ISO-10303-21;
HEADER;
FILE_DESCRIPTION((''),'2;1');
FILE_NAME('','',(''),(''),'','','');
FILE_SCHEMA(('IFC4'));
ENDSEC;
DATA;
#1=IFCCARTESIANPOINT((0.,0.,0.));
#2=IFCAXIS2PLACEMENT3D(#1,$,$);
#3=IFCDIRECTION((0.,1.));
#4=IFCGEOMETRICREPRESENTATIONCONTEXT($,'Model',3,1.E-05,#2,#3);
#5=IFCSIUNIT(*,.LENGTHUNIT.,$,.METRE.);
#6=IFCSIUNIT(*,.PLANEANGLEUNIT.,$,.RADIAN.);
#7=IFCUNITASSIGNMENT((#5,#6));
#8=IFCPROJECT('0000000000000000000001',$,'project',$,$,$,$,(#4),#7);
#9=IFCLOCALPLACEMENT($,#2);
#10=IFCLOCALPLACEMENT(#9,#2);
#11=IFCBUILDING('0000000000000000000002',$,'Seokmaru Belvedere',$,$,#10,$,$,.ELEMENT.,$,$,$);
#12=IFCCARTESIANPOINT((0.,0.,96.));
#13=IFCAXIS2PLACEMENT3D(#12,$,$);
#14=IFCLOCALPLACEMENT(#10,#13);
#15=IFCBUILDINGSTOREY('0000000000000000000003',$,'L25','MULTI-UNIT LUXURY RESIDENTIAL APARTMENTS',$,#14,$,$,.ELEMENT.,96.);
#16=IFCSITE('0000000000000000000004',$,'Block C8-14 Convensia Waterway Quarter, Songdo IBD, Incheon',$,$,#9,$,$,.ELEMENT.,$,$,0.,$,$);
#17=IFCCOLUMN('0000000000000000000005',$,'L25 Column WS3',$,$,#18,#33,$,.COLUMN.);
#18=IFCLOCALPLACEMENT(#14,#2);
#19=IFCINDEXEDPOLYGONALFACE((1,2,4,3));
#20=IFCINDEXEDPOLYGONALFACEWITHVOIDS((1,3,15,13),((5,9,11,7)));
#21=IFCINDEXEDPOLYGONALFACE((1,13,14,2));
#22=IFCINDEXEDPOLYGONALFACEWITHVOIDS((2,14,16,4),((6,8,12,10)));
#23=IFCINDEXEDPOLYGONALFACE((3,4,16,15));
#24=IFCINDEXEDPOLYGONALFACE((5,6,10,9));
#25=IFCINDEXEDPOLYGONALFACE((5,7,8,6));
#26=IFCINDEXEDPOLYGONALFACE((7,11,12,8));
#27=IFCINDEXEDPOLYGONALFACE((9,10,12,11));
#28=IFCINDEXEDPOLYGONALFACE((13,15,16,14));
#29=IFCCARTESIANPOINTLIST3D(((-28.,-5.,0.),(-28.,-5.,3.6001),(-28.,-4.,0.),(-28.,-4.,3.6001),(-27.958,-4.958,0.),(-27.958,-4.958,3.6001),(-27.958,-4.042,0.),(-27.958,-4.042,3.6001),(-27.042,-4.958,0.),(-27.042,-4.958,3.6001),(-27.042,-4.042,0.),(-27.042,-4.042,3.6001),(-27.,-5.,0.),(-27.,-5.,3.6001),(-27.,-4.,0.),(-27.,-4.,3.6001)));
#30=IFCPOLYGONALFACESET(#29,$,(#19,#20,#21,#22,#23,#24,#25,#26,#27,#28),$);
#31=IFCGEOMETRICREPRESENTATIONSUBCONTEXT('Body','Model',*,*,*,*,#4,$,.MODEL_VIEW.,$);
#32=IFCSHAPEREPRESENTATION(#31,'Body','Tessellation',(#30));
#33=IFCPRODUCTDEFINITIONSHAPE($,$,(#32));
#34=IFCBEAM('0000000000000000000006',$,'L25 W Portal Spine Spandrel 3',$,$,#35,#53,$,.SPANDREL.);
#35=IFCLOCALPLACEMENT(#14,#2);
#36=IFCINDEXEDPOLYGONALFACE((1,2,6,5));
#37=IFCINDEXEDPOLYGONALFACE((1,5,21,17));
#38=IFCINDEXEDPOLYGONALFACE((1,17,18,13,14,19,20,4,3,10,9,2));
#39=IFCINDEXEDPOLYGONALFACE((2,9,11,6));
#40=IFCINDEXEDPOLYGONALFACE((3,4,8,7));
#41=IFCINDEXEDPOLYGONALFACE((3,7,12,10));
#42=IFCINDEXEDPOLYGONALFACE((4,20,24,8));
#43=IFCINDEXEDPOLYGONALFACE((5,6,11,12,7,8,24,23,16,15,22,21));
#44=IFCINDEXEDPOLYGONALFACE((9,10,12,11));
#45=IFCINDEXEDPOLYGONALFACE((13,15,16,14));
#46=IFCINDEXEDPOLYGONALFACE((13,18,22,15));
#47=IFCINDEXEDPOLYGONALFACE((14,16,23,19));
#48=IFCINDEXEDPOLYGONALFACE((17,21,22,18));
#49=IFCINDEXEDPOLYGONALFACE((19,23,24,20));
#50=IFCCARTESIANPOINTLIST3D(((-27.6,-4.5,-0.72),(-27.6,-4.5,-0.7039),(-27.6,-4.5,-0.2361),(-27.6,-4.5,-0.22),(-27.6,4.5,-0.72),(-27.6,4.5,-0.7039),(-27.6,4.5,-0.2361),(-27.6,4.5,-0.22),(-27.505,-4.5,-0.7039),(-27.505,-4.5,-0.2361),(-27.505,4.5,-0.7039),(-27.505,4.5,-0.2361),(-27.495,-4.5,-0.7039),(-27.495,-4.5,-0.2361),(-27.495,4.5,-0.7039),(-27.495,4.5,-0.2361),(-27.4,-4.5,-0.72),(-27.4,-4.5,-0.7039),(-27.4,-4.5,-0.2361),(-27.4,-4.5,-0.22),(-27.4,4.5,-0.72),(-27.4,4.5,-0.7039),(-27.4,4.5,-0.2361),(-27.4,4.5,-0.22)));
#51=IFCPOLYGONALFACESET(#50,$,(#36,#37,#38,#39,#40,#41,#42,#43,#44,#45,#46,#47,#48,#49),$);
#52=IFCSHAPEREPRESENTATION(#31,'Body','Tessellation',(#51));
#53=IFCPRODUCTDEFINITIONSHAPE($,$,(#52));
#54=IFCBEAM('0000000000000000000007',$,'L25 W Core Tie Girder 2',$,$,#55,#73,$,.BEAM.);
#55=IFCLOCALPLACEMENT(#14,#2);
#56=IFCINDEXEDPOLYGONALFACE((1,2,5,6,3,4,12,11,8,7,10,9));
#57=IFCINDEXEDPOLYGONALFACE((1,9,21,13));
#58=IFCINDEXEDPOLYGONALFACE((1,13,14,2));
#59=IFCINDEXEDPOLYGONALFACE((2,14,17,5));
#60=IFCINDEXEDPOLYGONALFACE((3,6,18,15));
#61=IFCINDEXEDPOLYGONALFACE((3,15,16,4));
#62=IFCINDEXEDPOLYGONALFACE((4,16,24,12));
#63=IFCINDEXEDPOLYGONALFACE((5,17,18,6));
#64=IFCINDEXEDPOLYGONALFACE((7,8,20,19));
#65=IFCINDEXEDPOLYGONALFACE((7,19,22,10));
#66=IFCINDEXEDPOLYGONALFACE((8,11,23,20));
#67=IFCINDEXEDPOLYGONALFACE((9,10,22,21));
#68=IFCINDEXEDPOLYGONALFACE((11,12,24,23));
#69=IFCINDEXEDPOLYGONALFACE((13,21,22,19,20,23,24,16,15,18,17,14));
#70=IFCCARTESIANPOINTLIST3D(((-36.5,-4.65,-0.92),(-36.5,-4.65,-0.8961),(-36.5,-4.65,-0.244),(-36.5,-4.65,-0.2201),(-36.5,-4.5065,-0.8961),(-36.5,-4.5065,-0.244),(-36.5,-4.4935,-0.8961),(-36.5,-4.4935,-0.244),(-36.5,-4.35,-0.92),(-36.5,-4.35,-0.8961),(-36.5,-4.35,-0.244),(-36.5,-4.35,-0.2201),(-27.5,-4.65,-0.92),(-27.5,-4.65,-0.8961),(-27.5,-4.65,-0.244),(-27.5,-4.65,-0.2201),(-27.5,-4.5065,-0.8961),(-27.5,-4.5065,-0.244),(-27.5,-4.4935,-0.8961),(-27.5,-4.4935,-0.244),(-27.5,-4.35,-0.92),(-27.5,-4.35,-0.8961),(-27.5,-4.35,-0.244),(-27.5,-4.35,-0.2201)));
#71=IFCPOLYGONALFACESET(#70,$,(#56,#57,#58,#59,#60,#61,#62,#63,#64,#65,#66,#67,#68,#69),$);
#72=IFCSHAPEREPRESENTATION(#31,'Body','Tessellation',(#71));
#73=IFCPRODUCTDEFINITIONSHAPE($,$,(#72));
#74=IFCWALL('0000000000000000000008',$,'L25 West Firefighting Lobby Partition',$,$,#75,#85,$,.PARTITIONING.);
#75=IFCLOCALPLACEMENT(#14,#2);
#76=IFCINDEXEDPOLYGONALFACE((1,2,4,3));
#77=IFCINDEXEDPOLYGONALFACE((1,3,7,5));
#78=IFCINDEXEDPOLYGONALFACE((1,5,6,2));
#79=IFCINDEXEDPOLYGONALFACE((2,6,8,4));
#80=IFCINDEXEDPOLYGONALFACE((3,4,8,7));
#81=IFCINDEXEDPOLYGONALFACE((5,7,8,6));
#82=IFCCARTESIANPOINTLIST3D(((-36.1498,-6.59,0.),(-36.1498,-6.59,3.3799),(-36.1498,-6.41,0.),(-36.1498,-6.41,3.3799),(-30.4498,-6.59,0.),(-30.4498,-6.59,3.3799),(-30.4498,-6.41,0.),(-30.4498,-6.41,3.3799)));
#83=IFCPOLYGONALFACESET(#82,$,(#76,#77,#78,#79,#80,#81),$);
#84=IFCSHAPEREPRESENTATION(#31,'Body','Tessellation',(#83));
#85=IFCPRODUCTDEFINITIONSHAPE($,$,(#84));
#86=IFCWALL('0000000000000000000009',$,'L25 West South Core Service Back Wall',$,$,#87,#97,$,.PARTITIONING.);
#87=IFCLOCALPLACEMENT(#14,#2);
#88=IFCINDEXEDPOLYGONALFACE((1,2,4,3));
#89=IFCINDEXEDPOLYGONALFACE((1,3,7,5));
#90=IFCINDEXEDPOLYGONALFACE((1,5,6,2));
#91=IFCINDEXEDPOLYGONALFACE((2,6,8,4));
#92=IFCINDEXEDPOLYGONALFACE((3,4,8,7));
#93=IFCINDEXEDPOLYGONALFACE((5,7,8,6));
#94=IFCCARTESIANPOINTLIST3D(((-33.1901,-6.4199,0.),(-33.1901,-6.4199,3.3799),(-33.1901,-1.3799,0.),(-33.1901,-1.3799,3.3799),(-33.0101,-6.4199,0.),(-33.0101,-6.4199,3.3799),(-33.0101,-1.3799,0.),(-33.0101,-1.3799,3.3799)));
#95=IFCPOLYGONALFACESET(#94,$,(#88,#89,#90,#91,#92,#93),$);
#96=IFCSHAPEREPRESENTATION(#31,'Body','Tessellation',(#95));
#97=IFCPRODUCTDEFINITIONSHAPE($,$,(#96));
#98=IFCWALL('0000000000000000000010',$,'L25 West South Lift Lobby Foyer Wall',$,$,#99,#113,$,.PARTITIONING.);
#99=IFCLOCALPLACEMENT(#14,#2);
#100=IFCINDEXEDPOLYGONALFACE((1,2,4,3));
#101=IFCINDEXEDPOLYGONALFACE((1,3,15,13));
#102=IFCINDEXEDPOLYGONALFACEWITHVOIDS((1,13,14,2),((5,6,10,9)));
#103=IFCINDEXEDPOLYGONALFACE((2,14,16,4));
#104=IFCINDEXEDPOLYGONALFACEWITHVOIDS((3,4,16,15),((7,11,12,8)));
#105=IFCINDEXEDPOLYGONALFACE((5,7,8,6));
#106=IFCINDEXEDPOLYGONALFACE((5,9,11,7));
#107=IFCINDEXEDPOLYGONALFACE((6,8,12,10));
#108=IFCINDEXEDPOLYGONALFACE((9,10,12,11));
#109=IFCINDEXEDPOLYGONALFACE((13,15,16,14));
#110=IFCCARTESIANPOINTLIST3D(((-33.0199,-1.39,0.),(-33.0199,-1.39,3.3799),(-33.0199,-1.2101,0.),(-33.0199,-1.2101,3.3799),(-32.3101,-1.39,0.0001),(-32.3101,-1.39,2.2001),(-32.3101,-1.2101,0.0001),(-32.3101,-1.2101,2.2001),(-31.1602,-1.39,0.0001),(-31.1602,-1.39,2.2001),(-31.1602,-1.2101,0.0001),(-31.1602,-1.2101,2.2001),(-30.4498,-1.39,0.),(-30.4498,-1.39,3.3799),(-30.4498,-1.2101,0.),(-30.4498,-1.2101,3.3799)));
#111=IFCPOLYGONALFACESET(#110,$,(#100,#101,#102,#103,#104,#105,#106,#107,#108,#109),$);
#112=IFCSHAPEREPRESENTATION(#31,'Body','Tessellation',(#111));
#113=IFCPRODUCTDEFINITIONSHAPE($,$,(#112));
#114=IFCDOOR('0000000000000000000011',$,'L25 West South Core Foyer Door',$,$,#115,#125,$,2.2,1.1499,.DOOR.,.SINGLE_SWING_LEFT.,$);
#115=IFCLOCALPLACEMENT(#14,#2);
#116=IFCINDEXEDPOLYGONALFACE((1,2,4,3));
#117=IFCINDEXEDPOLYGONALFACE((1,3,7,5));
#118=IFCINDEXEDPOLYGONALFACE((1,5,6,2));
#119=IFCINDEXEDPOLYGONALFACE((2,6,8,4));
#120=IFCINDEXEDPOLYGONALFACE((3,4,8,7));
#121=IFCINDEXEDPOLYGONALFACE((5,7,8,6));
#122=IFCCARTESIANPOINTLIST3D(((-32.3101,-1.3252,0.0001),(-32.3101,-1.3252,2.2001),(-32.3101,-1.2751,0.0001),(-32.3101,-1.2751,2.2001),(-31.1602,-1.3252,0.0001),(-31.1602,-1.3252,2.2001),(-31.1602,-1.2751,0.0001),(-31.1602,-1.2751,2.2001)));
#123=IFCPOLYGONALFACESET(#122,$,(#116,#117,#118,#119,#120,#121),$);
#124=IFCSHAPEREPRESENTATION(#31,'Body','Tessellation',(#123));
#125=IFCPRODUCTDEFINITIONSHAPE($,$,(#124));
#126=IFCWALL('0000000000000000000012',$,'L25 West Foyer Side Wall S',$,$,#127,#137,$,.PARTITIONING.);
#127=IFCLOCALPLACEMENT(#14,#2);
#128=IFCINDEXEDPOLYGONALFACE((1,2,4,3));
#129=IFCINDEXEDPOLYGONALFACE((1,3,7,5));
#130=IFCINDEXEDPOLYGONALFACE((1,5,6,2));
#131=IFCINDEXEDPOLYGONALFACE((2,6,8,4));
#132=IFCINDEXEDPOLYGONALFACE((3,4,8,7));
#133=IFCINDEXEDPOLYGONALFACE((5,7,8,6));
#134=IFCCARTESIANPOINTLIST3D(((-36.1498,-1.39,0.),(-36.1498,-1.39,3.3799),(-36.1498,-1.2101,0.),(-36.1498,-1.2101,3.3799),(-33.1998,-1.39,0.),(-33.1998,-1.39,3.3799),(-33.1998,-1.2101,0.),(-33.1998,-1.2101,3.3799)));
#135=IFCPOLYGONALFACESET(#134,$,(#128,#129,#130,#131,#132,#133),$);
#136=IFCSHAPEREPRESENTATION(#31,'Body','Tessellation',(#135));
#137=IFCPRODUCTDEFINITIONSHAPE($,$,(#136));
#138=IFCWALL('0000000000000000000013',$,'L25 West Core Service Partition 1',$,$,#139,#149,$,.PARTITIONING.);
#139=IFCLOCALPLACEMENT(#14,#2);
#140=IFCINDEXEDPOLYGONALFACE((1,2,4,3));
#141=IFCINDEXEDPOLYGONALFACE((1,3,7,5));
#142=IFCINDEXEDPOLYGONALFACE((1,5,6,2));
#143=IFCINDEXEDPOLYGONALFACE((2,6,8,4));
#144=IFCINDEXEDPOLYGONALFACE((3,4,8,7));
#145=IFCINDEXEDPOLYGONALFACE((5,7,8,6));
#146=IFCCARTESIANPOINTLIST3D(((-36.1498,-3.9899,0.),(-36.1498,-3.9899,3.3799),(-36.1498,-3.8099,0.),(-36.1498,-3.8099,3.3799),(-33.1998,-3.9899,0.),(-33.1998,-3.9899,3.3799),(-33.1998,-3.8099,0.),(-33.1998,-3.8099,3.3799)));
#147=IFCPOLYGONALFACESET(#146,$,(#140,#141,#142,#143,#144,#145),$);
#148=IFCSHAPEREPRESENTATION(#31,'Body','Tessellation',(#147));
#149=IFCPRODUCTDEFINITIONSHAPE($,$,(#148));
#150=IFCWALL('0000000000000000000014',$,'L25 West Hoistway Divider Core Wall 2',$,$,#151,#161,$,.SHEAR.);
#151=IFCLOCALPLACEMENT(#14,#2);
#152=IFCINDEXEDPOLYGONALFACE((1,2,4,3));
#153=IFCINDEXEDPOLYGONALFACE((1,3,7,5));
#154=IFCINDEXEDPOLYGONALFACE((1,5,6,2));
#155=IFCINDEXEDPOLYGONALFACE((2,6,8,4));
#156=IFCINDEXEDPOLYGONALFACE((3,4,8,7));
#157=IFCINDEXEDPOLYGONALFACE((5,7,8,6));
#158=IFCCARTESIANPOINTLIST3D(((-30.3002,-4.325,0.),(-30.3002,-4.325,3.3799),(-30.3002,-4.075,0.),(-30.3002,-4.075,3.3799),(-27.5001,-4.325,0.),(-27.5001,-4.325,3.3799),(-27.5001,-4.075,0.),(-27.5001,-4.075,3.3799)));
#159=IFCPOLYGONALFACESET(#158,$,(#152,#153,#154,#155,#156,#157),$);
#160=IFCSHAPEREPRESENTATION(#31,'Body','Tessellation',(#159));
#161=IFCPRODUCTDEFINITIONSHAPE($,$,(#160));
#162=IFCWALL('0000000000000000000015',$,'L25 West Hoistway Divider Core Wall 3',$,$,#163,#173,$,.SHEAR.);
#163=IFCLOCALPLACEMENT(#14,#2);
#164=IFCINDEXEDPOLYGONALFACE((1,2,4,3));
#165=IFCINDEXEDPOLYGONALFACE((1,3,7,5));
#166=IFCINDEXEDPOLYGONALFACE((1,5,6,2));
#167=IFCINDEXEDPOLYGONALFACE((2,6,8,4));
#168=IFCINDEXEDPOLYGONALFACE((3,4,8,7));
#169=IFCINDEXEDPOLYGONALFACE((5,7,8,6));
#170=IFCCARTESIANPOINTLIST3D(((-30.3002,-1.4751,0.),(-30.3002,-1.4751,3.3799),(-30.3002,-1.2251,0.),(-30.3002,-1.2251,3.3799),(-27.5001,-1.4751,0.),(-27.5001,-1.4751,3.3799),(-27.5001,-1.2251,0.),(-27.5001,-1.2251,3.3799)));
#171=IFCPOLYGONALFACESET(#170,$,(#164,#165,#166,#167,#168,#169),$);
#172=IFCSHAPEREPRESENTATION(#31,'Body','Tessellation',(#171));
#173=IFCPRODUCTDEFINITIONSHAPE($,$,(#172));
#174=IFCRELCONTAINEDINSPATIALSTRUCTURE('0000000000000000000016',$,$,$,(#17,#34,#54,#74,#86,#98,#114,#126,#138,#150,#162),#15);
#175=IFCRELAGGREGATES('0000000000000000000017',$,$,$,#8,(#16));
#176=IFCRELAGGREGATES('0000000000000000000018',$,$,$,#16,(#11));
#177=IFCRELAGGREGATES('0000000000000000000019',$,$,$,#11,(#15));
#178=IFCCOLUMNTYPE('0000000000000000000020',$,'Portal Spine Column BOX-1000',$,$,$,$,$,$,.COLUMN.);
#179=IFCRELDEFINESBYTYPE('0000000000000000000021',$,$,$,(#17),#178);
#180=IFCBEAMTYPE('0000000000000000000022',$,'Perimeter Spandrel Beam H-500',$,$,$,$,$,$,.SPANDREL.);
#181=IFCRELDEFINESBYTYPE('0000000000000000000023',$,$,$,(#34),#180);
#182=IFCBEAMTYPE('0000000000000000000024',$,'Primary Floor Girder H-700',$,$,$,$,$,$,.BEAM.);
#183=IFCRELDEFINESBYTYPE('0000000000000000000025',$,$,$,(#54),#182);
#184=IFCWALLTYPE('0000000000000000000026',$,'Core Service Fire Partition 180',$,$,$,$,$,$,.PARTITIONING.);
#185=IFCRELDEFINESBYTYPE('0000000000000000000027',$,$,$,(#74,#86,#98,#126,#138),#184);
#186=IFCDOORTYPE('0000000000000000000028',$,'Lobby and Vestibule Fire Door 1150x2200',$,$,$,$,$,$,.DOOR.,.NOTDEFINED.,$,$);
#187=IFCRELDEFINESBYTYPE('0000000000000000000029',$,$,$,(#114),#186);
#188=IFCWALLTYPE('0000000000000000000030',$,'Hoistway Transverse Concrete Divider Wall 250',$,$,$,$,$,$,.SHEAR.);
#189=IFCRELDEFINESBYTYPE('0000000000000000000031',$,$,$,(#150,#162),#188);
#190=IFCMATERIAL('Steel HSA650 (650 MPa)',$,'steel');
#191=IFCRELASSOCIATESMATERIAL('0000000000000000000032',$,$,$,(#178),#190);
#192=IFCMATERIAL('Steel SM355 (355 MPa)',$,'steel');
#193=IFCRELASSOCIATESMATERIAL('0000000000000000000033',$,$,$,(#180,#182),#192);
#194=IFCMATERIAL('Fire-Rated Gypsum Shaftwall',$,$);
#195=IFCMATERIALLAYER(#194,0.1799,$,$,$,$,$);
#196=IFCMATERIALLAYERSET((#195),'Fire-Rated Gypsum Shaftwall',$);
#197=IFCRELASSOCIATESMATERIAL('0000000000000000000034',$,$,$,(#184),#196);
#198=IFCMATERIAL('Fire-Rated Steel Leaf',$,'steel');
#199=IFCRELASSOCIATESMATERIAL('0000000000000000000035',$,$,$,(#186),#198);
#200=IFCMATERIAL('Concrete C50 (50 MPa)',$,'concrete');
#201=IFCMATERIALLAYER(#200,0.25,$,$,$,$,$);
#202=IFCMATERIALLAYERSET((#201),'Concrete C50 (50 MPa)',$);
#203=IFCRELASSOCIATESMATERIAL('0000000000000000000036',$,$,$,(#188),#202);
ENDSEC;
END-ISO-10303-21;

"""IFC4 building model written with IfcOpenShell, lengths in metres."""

from ifc_helpers import new_model, si_unit, direction, frame, frame_2d, origin, origin_2d, place, context, subcontext, project, spatial, rectangle, hollow_rectangle, i_section, extrude, source, transform, mapped, material, layer, layer_set, material_profile, profile_set, type_object, type_shapes, element, fill, save


model = new_model("IFC4")

# Units and contexts
model_context = context("Model", 3, precision=1e-05, world=origin(), true_north=direction((0.0, 1.0)))
body_context = subcontext(model_context, "Body", "Model", "MODEL_VIEW")
ifc_project = project(units=[si_unit("LENGTHUNIT", "METRE"), si_unit("PLANEANGLEUNIT", "RADIAN")], contexts=[model_context])

# Site, building, storey
site_placement = place(None, origin())
site = spatial("IfcSite", under=ifc_project, at=site_placement, Name="Block C8-14 Convensia Waterway Quarter, Songdo IBD, Incheon", CompositionType="ELEMENT", RefElevation=0.0)
building_placement = place(site_placement, origin())
building = spatial("IfcBuilding", under=site, at=building_placement, Name="Seokmaru Belvedere", CompositionType="ELEMENT")
storey_placement = place(building_placement, frame((0.0, 0.0, 96.0)))
storey = spatial("IfcBuildingStorey", under=building, at=storey_placement, Name="L25", Description="MULTI-UNIT LUXURY RESIDENTIAL APARTMENTS", CompositionType="ELEMENT", Elevation=96.0)

# Column
ifc_material_1 = material(Name="Steel HSA650 (650 MPa)", Category="steel")
ifc_material_profile_1 = material_profile(ifc_material_1, hollow_rectangle(XDim=1.0, YDim=1.0, WallThickness=0.042, at=origin_2d()), Name="BOX-1000x1000x42")
ifc_profile_set_1 = profile_set([ifc_material_profile_1], Name="Steel HSA650 (650 MPa)")
column_type = type_object("IfcColumnType", Name="Portal Spine Column BOX-1000", PredefinedType="COLUMN", material=ifc_profile_set_1)
shared_shape_1 = source(origin(), body_context, "Body", "SweptSolid", [
    extrude(hollow_rectangle(XDim=1.0, YDim=1.0, WallThickness=0.042, at=origin_2d()), origin(), (0.0, 0.0, 1.0), 3.6001),
])
type_shapes(column_type, [shared_shape_1])
column_placement = place(storey_placement, frame((-27.5, -4.5, 0.0), z_axis=(0.0, 0.0, 1.0), x_axis=(1.0, 0.0, 0.0)))
element("IfcColumn", 1, at=column_placement, inside=storey, type_object=column_type, Name="L25 Column WS3", PredefinedType="COLUMN", context=body_context, shape_type="MappedRepresentation", body=[
    mapped(shared_shape_1, transform((0.0, 0.0, 0.0), scale=1.0)),
])

# Beams
ifc_material_2 = material(Name="Steel SM355 (355 MPa)", Category="steel")
ifc_material_profile_2 = material_profile(ifc_material_2, i_section(OverallWidth=0.2, OverallDepth=0.5, WebThickness=0.01, FlangeThickness=0.0161, at=origin_2d()), Name="H-500x200x10x16")
ifc_profile_set_2 = profile_set([ifc_material_profile_2], Name="Steel SM355 (355 MPa)")
beam_type_1 = type_object("IfcBeamType", Name="Perimeter Spandrel Beam H-500", PredefinedType="SPANDREL", material=ifc_profile_set_2)
shared_shape_2 = source(origin(), body_context, "Body", "SweptSolid", [
    extrude(i_section(OverallWidth=0.2, OverallDepth=0.5, WebThickness=0.01, FlangeThickness=0.0161, at=origin_2d()), origin(), (0.0, 0.0, 1.0), 9.0),
])
type_shapes(beam_type_1, [shared_shape_2])
beam_1_placement = place(storey_placement, frame((-27.5, -4.5, -0.47), z_axis=(0.0, 1.0, 0.0), x_axis=(-1.0, 0.0, 0.0)))
element("IfcBeam", 2, at=beam_1_placement, inside=storey, type_object=beam_type_1, Name="L25 W Portal Spine Spandrel 3", PredefinedType="SPANDREL", context=body_context, shape_type="MappedRepresentation", body=[
    mapped(shared_shape_2, transform((0.0, 0.0, 0.0), scale=1.0)),
])
ifc_material_profile_3 = material_profile(ifc_material_2, i_section(OverallWidth=0.3, OverallDepth=0.7, WebThickness=0.0129, FlangeThickness=0.0239, at=origin_2d()), Name="H-700x300x13x24")
ifc_profile_set_3 = profile_set([ifc_material_profile_3], Name="Steel SM355 (355 MPa)")
beam_type_2 = type_object("IfcBeamType", Name="Primary Floor Girder H-700", PredefinedType="BEAM", material=ifc_profile_set_3)
shared_shape_3 = source(origin(), body_context, "Body", "SweptSolid", [
    extrude(i_section(OverallWidth=0.3, OverallDepth=0.7, WebThickness=0.0129, FlangeThickness=0.0239, at=origin_2d()), origin(), (0.0, 0.0, 1.0), 9.0),
])
type_shapes(beam_type_2, [shared_shape_3])
beam_2_placement = place(storey_placement, frame((-36.5, -4.5, -0.5701), z_axis=(1.0, 0.0, 0.0), x_axis=(0.0, 1.0, 0.0)))
element("IfcBeam", 3, at=beam_2_placement, inside=storey, type_object=beam_type_2, Name="L25 W Core Tie Girder 2", PredefinedType="BEAM", context=body_context, shape_type="MappedRepresentation", body=[
    mapped(shared_shape_3, transform((0.0, 0.0, 0.0), scale=1.0)),
])

# Walls
ifc_material_3 = material(Name="Fire-Rated Gypsum Shaftwall")
ifc_layer_1 = layer(ifc_material_3, 0.1799)
ifc_layer_set_1 = layer_set([ifc_layer_1], Name="Fire-Rated Gypsum Shaftwall")
wall_type_1 = type_object("IfcWallType", Name="Core Service Fire Partition 180", PredefinedType="PARTITIONING", material=ifc_layer_set_1)
wall_1_placement = place(storey_placement, frame((-36.1499, -6.5, 0.0), z_axis=(0.0, 0.0, 1.0), x_axis=(1.0, 0.0, 0.0)))
element("IfcWall", 4, at=wall_1_placement, inside=storey, type_object=wall_type_1, Name="L25 West Firefighting Lobby Partition", PredefinedType="PARTITIONING", context=body_context, shape_type="SweptSolid", body=[
    extrude(rectangle(XDim=5.7, YDim=0.1799, at=frame_2d((2.8501, 0.0))), origin(), (0.0, 0.0, 1.0), 3.3799),
])
wall_2_placement = place(storey_placement, frame((-33.1001, -6.4199, 0.0), z_axis=(0.0, 0.0, 1.0), x_axis=(0.0, 1.0, 0.0)))
element("IfcWall", 5, at=wall_2_placement, inside=storey, type_object=wall_type_1, Name="L25 West South Core Service Back Wall", PredefinedType="PARTITIONING", context=body_context, shape_type="SweptSolid", body=[
    extrude(rectangle(XDim=5.04, YDim=0.1799, at=frame_2d((2.52, 0.0))), origin(), (0.0, 0.0, 1.0), 3.3799),
])

# Wall, opening, door
wall_3_placement = place(storey_placement, frame((-33.02, -1.3, 0.0), z_axis=(0.0, 0.0, 1.0), x_axis=(1.0, 0.0, 0.0)))
wall_3 = element("IfcWall", 6, at=wall_3_placement, inside=storey, type_object=wall_type_1, Name="L25 West South Lift Lobby Foyer Wall", PredefinedType="PARTITIONING", context=body_context, shape_type="SweptSolid", body=[
    extrude(rectangle(XDim=2.5701, YDim=0.1799, at=frame_2d((1.2852, 0.0))), origin(), (0.0, 0.0, 1.0), 3.3799),
])
opening_1_placement = place(wall_3_placement, frame((0.71, 0.0, 0.0)))
opening_1 = element("IfcOpeningElement", 7, at=opening_1_placement, cuts=wall_3, PredefinedType="OPENING", context=body_context, shape_type="SweptSolid", body=[
    extrude(rectangle(XDim=1.1499, YDim=2.2, at=frame_2d((0.575, 1.1001))), frame((0.0, 0.1001, 0.0), z_axis=(0.0, -1.0, 0.0), x_axis=(1.0, 0.0, 0.0)), (0.0, 0.0, 1.0), 0.2),
])
ifc_material_4 = material(Name="Fire-Rated Steel Leaf", Category="steel")
door_type_1 = type_object("IfcDoorType", Name="Lobby and Vestibule Fire Door 1150x2200", OperationType="NOTDEFINED", PredefinedType="DOOR", material=ifc_material_4)
shared_shape_4 = source(origin(), body_context, "Body", "SweptSolid", [
    extrude(rectangle(XDim=1.1499, YDim=2.2, at=frame_2d((0.575, 1.1001))), frame((0.0, 0.0249, 0.0), z_axis=(0.0, -1.0, 0.0), x_axis=(1.0, 0.0, 0.0)), (0.0, 0.0, 1.0), 0.05),
])
type_shapes(door_type_1, [shared_shape_4])
door_1_placement = place(opening_1_placement, origin())
door_1 = element("IfcDoor", 8, at=door_1_placement, inside=storey, type_object=door_type_1, Name="L25 West South Core Foyer Door", OperationType="SINGLE_SWING_LEFT", OverallHeight=2.2, OverallWidth=1.1499, PredefinedType="DOOR", context=body_context, shape_type="MappedRepresentation", body=[
    mapped(shared_shape_4, transform((0.0, 0.0, 0.0), scale=1.0)),
])
fill(opening_1, door_1)

# Walls
for number, where, z_axis, x_axis, name in (
    (9, (-36.1499, -1.3, 0.0), (0.0, 0.0, 1.0), (1.0, 0.0, 0.0), "L25 West Foyer Side Wall S"),
    (10, (-36.1499, -3.8999, 0.0), (0.0, 0.0, 1.0), (1.0, 0.0, 0.0), "L25 West Core Service Partition 1"),
):
    element("IfcWall", number, at=place(storey_placement, frame(where, z_axis=z_axis, x_axis=x_axis)), inside=storey, type_object=wall_type_1, Name=name, PredefinedType="PARTITIONING", context=body_context, shape_type="SweptSolid", body=[
        extrude(rectangle(XDim=2.95, YDim=0.1799, at=frame_2d((1.4751, 0.0))), origin(), (0.0, 0.0, 1.0), 3.3799),
    ])
ifc_material_5 = material(Name="Concrete C50 (50 MPa)", Category="concrete")
ifc_layer_2 = layer(ifc_material_5, 0.25)
ifc_layer_set_2 = layer_set([ifc_layer_2], Name="Concrete C50 (50 MPa)")
wall_type_2 = type_object("IfcWallType", Name="Hoistway Transverse Concrete Divider Wall 250", PredefinedType="SHEAR", material=ifc_layer_set_2)
for number, where, z_axis, x_axis, name in (
    (11, (-30.3, -4.2, 0.0), (0.0, 0.0, 1.0), (1.0, 0.0, 0.0), "L25 West Hoistway Divider Core Wall 2"),
    (12, (-30.3, -1.3501, 0.0), (0.0, 0.0, 1.0), (1.0, 0.0, 0.0), "L25 West Hoistway Divider Core Wall 3"),
):
    element("IfcWall", number, at=place(storey_placement, frame(where, z_axis=z_axis, x_axis=x_axis)), inside=storey, type_object=wall_type_2, Name=name, PredefinedType="SHEAR", context=body_context, shape_type="SweptSolid", body=[
        extrude(rectangle(XDim=2.8, YDim=0.25, at=frame_2d((1.3999, 0.0))), origin(), (0.0, 0.0, 1.0), 3.3799),
    ])

save(model, "model.ifc")
